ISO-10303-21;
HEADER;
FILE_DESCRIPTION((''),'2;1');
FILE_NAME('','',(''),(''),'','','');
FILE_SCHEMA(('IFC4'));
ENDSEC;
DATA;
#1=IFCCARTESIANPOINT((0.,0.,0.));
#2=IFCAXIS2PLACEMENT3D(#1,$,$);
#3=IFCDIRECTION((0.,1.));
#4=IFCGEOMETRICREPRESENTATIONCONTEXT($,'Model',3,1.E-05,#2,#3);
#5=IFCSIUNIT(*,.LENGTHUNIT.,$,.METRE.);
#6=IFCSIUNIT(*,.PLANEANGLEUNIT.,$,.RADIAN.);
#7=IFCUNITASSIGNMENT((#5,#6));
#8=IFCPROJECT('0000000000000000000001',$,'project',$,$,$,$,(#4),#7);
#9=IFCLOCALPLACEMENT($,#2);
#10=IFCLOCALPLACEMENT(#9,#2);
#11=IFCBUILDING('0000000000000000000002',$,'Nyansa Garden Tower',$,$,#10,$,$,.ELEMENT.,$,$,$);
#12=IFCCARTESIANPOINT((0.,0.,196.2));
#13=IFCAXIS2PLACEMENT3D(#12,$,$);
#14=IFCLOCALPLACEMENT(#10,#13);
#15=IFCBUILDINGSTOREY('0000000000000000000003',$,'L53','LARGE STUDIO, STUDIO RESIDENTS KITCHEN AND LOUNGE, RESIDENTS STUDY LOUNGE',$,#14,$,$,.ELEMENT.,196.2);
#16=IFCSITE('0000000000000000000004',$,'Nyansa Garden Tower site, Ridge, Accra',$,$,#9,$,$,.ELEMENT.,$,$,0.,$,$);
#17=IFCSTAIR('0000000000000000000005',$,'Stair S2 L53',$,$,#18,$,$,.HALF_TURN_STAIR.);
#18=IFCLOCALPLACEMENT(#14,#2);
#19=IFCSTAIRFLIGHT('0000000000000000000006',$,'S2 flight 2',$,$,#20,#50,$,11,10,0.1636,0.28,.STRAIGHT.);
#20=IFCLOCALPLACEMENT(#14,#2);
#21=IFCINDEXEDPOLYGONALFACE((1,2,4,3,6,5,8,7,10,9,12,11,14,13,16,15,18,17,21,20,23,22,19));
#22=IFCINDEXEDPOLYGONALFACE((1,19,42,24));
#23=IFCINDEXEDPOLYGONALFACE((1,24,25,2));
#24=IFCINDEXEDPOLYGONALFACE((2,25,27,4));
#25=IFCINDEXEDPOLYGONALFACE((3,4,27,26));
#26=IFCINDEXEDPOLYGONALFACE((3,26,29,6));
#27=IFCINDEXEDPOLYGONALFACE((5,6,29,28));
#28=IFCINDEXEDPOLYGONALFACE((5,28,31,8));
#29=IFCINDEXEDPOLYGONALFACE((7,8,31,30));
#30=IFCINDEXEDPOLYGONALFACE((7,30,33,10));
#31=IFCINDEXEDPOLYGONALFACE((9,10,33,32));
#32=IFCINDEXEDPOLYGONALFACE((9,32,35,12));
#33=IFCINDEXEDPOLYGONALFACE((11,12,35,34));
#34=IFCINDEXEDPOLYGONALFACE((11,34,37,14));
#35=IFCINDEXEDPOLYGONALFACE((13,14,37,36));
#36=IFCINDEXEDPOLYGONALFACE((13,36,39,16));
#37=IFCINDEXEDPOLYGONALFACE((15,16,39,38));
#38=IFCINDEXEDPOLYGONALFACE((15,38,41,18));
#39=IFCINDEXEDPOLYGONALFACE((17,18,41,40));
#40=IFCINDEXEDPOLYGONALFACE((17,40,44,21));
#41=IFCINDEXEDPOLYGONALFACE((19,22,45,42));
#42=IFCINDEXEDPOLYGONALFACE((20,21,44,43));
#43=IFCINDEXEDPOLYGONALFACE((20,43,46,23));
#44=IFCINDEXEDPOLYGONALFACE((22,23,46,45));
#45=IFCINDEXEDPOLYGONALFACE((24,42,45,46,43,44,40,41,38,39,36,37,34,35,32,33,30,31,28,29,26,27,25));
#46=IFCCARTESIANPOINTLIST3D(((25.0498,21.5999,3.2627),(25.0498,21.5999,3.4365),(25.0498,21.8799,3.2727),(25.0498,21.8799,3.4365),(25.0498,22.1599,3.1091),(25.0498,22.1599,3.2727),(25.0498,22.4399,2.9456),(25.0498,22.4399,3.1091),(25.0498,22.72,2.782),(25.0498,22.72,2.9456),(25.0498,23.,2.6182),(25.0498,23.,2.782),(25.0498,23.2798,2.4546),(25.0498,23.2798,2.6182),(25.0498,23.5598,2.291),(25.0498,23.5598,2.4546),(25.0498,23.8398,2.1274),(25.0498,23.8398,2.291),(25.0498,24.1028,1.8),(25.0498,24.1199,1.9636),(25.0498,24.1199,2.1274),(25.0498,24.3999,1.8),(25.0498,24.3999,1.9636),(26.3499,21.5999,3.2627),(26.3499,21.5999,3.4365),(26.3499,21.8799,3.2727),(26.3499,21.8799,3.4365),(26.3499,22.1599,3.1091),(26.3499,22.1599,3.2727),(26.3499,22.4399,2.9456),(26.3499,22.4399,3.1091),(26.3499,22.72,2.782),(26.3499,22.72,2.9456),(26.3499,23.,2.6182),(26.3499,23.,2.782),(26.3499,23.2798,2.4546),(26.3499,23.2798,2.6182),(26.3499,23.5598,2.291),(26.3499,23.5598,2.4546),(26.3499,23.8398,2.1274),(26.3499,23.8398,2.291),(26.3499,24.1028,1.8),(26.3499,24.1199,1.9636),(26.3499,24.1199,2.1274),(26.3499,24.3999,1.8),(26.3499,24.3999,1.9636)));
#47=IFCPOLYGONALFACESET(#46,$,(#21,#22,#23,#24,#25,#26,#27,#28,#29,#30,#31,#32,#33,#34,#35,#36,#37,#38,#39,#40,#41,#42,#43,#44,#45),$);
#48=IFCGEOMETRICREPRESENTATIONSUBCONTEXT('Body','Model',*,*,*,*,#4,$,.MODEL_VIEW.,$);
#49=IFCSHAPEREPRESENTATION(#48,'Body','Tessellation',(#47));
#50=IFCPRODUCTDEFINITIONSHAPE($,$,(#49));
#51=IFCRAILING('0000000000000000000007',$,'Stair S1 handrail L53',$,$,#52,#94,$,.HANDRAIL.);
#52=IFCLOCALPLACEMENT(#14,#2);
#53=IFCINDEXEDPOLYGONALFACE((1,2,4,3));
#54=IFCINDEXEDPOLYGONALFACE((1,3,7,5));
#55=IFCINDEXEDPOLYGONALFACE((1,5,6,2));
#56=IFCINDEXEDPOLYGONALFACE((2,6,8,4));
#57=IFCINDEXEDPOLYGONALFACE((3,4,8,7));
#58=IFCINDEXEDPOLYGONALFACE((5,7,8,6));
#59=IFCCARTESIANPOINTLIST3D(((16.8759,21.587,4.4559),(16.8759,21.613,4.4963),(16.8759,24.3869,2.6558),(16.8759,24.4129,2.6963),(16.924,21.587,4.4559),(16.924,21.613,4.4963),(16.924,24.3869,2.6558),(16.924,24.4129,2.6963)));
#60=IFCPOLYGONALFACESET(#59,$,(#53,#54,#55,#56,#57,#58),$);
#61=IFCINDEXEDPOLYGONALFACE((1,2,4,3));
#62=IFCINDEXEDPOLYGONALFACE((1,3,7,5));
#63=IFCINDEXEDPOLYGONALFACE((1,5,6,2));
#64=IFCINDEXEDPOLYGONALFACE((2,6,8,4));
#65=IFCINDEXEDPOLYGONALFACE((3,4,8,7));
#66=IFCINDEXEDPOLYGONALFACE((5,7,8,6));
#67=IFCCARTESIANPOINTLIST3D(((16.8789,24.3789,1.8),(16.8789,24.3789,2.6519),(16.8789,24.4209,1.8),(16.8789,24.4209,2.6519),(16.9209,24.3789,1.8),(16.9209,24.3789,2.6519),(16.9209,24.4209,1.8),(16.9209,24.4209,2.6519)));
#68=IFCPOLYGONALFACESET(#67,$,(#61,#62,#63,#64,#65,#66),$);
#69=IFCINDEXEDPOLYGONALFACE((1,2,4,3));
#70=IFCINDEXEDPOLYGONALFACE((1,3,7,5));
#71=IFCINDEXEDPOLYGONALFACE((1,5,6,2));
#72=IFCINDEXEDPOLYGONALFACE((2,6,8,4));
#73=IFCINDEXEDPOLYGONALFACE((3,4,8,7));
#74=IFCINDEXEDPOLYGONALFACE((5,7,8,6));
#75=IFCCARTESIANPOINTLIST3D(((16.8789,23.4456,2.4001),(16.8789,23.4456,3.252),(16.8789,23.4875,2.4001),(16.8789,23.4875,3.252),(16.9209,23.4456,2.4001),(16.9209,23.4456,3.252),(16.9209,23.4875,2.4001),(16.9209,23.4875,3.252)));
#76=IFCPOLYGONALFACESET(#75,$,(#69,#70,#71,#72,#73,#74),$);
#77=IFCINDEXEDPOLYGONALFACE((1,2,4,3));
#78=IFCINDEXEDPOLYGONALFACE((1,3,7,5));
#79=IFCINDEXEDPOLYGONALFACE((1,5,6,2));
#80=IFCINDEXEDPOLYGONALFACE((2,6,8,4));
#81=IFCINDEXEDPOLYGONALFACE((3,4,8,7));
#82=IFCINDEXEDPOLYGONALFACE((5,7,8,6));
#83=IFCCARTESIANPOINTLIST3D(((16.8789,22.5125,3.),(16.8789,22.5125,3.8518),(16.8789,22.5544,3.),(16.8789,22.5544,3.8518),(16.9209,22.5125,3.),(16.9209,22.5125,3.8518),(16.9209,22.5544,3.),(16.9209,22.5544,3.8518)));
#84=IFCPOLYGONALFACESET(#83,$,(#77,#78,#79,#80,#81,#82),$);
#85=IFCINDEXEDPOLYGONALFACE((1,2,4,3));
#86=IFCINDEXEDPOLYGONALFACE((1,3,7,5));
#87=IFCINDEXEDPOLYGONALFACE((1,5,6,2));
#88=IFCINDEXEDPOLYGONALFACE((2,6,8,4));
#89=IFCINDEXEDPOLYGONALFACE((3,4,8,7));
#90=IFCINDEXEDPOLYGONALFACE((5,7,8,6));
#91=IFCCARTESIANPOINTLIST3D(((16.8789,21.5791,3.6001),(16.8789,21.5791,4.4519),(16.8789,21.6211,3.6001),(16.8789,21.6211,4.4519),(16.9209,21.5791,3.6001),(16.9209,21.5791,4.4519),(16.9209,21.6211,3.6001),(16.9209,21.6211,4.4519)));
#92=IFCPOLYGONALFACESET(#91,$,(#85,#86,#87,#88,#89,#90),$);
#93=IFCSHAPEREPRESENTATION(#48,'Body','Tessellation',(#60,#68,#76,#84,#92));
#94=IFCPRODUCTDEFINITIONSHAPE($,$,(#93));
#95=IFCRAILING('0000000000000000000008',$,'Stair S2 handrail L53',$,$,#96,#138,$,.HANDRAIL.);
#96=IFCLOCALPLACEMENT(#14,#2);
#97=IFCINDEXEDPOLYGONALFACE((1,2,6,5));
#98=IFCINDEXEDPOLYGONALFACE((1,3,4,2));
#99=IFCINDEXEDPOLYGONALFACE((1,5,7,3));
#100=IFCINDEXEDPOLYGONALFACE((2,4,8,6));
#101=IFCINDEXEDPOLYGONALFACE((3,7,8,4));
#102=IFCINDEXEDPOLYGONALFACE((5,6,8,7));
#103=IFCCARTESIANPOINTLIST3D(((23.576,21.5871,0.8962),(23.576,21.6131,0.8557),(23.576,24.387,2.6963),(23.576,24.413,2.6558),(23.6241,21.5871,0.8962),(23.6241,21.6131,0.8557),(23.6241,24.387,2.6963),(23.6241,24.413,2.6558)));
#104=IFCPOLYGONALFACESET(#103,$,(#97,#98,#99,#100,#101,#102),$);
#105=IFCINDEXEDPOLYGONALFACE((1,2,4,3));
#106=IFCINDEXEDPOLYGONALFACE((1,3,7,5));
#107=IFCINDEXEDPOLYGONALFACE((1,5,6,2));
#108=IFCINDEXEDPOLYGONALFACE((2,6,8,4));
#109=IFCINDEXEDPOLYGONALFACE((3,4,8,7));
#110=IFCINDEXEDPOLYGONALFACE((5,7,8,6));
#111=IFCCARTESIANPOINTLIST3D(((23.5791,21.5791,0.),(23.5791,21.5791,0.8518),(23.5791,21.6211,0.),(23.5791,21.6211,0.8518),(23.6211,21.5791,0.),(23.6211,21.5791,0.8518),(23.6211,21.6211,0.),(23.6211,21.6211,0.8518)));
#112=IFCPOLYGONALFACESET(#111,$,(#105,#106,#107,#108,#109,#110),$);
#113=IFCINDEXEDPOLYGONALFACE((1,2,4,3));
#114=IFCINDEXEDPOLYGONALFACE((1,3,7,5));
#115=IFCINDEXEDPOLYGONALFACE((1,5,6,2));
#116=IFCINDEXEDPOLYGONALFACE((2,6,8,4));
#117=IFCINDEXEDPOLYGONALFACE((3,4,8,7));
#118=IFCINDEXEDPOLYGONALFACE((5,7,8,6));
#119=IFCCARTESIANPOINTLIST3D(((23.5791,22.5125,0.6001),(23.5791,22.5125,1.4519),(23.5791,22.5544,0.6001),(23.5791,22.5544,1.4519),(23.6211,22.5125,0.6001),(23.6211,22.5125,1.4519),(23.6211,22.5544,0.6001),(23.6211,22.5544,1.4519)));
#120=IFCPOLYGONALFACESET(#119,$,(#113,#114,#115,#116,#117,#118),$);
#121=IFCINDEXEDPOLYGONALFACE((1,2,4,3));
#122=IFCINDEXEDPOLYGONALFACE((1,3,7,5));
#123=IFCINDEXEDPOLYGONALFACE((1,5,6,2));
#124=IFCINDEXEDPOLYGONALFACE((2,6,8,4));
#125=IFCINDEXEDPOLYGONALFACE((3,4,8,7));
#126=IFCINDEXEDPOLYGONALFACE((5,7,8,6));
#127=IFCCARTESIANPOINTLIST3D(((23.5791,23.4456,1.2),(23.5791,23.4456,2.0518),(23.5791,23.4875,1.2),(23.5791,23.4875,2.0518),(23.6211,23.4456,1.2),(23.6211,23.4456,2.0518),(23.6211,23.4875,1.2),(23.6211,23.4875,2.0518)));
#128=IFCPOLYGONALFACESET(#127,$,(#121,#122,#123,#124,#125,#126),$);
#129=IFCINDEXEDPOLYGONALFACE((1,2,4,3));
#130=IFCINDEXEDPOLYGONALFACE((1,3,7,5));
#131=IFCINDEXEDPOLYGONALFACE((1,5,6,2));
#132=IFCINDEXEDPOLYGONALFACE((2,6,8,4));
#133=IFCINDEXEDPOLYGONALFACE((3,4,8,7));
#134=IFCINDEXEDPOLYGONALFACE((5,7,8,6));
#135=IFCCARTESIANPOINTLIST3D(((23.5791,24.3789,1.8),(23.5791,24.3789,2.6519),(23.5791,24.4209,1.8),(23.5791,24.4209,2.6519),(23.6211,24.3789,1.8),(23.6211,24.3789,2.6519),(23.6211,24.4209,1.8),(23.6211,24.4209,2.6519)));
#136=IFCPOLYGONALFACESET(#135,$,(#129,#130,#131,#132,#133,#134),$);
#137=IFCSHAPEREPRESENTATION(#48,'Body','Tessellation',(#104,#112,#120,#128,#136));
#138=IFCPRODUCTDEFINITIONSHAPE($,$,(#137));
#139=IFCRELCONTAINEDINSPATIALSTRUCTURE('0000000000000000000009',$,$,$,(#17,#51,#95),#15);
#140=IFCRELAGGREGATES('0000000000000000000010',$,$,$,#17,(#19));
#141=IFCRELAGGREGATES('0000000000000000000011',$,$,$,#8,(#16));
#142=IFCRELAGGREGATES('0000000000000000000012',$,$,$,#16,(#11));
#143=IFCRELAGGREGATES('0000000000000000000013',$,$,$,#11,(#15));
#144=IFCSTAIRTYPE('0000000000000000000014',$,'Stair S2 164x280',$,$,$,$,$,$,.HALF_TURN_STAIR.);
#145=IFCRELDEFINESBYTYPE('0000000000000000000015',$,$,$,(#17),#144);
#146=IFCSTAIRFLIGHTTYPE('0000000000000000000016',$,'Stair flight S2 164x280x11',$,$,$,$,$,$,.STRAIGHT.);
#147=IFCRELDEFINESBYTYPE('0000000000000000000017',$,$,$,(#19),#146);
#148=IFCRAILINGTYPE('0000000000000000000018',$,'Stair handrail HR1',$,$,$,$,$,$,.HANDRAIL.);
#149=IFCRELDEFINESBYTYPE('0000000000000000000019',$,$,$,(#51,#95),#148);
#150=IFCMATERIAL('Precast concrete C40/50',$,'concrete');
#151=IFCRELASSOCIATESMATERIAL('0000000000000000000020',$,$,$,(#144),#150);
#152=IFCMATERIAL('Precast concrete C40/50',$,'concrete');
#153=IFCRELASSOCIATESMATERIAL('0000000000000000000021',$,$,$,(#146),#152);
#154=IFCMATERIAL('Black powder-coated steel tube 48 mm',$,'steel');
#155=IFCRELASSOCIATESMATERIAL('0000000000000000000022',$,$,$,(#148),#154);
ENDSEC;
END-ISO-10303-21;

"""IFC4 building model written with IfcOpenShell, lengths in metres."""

from ifc_helpers import new_model, si_unit, direction, frame, origin, origin_2d, place, context, subcontext, project, spatial, polyline, rectangle, outline, extrude, material, type_object, element, aggregate, save


model = new_model("IFC4")

# Units and contexts
model_context = context("Model", 3, precision=1e-05, world=origin(), true_north=direction((0.0, 1.0)))
body_context = subcontext(model_context, "Body", "Model", "MODEL_VIEW")
ifc_project = project(units=[si_unit("LENGTHUNIT", "METRE"), si_unit("PLANEANGLEUNIT", "RADIAN")], contexts=[model_context])

# Site, building, storey
site_placement = place(None, origin())
site = spatial("IfcSite", under=ifc_project, at=site_placement, Name="Nyansa Garden Tower site, Ridge, Accra", CompositionType="ELEMENT", RefElevation=0.0)
building_placement = place(site_placement, origin())
building = spatial("IfcBuilding", under=site, at=building_placement, Name="Nyansa Garden Tower", CompositionType="ELEMENT")
storey_placement = place(building_placement, frame((0.0, 0.0, 196.2)))
storey = spatial("IfcBuildingStorey", under=building, at=storey_placement, Name="L53", Description="LARGE STUDIO, STUDIO RESIDENTS KITCHEN AND LOUNGE, RESIDENTS STUDY LOUNGE", CompositionType="ELEMENT", Elevation=196.2)

# Stair, stair flight
ifc_material_1 = material(Name="Precast concrete C40/50", Category="concrete")
stair_type_1 = type_object("IfcStairType", Name="Stair S2 164x280", PredefinedType="HALF_TURN_STAIR", material=ifc_material_1)
stair_1_placement = place(storey_placement, origin())
stair_1 = element("IfcStair", 1, at=stair_1_placement, inside=storey, type_object=stair_type_1, Name="Stair S2 L53", PredefinedType="HALF_TURN_STAIR")
ifc_material_2 = material(Name="Precast concrete C40/50", Category="concrete")
stair_flight_type_1 = type_object("IfcStairFlightType", Name="Stair flight S2 164x280x11", PredefinedType="STRAIGHT", material=ifc_material_2)
stair_flight_1_placement = place(storey_placement, frame((25.7, 24.3999, 1.8), z_axis=(0.0, 0.0, 1.0), x_axis=(0.0, -1.0, 0.0)))
stair_flight_1 = element("IfcStairFlight", 2, at=stair_flight_1_placement, type_object=stair_flight_type_1, Name="S2 flight 2", NumberOfRisers=11, NumberOfTreads=10, PredefinedType="STRAIGHT", RiserHeight=0.1636, TreadLength=0.28, context=body_context, shape_type="SweptSolid", body=[
    extrude(outline(polyline([(0.0, 0.0), (0.0, 0.1636), (0.28, 0.1636), (0.28, 0.3274), (0.5601, 0.3274), (0.5601, 0.491), (0.8401, 0.491), (0.8401, 0.6545), (1.1201, 0.6545), (1.1201, 0.8181), (1.3999, 0.8181), (1.3999, 0.9819), (1.6799, 0.9819), (1.6799, 1.1455), (1.96, 1.1455), (1.96, 1.3091), (2.24, 1.3091), (2.24, 1.4727), (2.52, 1.4727), (2.52, 1.6365), (2.8, 1.6365), (2.8, 1.8), (2.8, 1.4626), (0.2971, 0.0), (0.0, 0.0)])), frame((0.0, 0.6499, 0.0), z_axis=(0.0, -1.0, 0.0), x_axis=(1.0, 0.0, 0.0)), (0.0, 0.0, 1.0), 1.3),
])
aggregate(stair_1, [stair_flight_1])

# Railings
ifc_material_3 = material(Name="Black powder-coated steel tube 48 mm", Category="steel")
railing_type = type_object("IfcRailingType", Name="Stair handrail HR1", PredefinedType="HANDRAIL", material=ifc_material_3)
railing_1_placement = place(storey_placement, frame((16.8999, 24.3999, 1.8)))
element("IfcRailing", 3, at=railing_1_placement, inside=storey, type_object=railing_type, Name="Stair S1 handrail L53", PredefinedType="HANDRAIL", context=body_context, shape_type="SweptSolid", body=[
    extrude(rectangle(XDim=0.0481, YDim=0.0481, at=origin_2d()), frame((0.0, 0.0, 0.876), z_axis=(0.0, -0.841155, 0.540795), x_axis=(1.0, 0.0, 0.0)), (0.0, 0.0, 1.0), 3.3286),
    extrude(rectangle(XDim=0.042, YDim=0.042, at=origin_2d()), origin(), (0.0, 0.0, 1.0), 0.8518),
    extrude(rectangle(XDim=0.042, YDim=0.042, at=origin_2d()), frame((0.0, -0.9333, 0.6001)), (0.0, 0.0, 1.0), 0.8518),
    extrude(rectangle(XDim=0.042, YDim=0.042, at=origin_2d()), frame((0.0, -1.8665, 1.2)), (0.0, 0.0, 1.0), 0.8518),
    extrude(rectangle(XDim=0.042, YDim=0.042, at=origin_2d()), frame((0.0, -2.7998, 1.8)), (0.0, 0.0, 1.0), 0.8518),
])
railing_2_placement = place(storey_placement, frame((23.6001, 21.6001, 0.0)))
element("IfcRailing", 4, at=railing_2_placement, inside=storey, type_object=railing_type, Name="Stair S2 handrail L53", PredefinedType="HANDRAIL", context=body_context, shape_type="SweptSolid", body=[
    extrude(rectangle(XDim=0.0481, YDim=0.0481, at=origin_2d()), frame((0.0, 0.0, 0.876), z_axis=(0.0, 0.841155, 0.540795), x_axis=(-1.0, 0.0, 0.0)), (0.0, 0.0, 1.0), 3.3286),
    extrude(rectangle(XDim=0.042, YDim=0.042, at=origin_2d()), origin(), (0.0, 0.0, 1.0), 0.8518),
    extrude(rectangle(XDim=0.042, YDim=0.042, at=origin_2d()), frame((0.0, 0.9333, 0.6001)), (0.0, 0.0, 1.0), 0.8518),
    extrude(rectangle(XDim=0.042, YDim=0.042, at=origin_2d()), frame((0.0, 1.8665, 1.2)), (0.0, 0.0, 1.0), 0.8518),
    extrude(rectangle(XDim=0.042, YDim=0.042, at=origin_2d()), frame((0.0, 2.7998, 1.8)), (0.0, 0.0, 1.0), 0.8518),
])

save(model, "model.ifc")
